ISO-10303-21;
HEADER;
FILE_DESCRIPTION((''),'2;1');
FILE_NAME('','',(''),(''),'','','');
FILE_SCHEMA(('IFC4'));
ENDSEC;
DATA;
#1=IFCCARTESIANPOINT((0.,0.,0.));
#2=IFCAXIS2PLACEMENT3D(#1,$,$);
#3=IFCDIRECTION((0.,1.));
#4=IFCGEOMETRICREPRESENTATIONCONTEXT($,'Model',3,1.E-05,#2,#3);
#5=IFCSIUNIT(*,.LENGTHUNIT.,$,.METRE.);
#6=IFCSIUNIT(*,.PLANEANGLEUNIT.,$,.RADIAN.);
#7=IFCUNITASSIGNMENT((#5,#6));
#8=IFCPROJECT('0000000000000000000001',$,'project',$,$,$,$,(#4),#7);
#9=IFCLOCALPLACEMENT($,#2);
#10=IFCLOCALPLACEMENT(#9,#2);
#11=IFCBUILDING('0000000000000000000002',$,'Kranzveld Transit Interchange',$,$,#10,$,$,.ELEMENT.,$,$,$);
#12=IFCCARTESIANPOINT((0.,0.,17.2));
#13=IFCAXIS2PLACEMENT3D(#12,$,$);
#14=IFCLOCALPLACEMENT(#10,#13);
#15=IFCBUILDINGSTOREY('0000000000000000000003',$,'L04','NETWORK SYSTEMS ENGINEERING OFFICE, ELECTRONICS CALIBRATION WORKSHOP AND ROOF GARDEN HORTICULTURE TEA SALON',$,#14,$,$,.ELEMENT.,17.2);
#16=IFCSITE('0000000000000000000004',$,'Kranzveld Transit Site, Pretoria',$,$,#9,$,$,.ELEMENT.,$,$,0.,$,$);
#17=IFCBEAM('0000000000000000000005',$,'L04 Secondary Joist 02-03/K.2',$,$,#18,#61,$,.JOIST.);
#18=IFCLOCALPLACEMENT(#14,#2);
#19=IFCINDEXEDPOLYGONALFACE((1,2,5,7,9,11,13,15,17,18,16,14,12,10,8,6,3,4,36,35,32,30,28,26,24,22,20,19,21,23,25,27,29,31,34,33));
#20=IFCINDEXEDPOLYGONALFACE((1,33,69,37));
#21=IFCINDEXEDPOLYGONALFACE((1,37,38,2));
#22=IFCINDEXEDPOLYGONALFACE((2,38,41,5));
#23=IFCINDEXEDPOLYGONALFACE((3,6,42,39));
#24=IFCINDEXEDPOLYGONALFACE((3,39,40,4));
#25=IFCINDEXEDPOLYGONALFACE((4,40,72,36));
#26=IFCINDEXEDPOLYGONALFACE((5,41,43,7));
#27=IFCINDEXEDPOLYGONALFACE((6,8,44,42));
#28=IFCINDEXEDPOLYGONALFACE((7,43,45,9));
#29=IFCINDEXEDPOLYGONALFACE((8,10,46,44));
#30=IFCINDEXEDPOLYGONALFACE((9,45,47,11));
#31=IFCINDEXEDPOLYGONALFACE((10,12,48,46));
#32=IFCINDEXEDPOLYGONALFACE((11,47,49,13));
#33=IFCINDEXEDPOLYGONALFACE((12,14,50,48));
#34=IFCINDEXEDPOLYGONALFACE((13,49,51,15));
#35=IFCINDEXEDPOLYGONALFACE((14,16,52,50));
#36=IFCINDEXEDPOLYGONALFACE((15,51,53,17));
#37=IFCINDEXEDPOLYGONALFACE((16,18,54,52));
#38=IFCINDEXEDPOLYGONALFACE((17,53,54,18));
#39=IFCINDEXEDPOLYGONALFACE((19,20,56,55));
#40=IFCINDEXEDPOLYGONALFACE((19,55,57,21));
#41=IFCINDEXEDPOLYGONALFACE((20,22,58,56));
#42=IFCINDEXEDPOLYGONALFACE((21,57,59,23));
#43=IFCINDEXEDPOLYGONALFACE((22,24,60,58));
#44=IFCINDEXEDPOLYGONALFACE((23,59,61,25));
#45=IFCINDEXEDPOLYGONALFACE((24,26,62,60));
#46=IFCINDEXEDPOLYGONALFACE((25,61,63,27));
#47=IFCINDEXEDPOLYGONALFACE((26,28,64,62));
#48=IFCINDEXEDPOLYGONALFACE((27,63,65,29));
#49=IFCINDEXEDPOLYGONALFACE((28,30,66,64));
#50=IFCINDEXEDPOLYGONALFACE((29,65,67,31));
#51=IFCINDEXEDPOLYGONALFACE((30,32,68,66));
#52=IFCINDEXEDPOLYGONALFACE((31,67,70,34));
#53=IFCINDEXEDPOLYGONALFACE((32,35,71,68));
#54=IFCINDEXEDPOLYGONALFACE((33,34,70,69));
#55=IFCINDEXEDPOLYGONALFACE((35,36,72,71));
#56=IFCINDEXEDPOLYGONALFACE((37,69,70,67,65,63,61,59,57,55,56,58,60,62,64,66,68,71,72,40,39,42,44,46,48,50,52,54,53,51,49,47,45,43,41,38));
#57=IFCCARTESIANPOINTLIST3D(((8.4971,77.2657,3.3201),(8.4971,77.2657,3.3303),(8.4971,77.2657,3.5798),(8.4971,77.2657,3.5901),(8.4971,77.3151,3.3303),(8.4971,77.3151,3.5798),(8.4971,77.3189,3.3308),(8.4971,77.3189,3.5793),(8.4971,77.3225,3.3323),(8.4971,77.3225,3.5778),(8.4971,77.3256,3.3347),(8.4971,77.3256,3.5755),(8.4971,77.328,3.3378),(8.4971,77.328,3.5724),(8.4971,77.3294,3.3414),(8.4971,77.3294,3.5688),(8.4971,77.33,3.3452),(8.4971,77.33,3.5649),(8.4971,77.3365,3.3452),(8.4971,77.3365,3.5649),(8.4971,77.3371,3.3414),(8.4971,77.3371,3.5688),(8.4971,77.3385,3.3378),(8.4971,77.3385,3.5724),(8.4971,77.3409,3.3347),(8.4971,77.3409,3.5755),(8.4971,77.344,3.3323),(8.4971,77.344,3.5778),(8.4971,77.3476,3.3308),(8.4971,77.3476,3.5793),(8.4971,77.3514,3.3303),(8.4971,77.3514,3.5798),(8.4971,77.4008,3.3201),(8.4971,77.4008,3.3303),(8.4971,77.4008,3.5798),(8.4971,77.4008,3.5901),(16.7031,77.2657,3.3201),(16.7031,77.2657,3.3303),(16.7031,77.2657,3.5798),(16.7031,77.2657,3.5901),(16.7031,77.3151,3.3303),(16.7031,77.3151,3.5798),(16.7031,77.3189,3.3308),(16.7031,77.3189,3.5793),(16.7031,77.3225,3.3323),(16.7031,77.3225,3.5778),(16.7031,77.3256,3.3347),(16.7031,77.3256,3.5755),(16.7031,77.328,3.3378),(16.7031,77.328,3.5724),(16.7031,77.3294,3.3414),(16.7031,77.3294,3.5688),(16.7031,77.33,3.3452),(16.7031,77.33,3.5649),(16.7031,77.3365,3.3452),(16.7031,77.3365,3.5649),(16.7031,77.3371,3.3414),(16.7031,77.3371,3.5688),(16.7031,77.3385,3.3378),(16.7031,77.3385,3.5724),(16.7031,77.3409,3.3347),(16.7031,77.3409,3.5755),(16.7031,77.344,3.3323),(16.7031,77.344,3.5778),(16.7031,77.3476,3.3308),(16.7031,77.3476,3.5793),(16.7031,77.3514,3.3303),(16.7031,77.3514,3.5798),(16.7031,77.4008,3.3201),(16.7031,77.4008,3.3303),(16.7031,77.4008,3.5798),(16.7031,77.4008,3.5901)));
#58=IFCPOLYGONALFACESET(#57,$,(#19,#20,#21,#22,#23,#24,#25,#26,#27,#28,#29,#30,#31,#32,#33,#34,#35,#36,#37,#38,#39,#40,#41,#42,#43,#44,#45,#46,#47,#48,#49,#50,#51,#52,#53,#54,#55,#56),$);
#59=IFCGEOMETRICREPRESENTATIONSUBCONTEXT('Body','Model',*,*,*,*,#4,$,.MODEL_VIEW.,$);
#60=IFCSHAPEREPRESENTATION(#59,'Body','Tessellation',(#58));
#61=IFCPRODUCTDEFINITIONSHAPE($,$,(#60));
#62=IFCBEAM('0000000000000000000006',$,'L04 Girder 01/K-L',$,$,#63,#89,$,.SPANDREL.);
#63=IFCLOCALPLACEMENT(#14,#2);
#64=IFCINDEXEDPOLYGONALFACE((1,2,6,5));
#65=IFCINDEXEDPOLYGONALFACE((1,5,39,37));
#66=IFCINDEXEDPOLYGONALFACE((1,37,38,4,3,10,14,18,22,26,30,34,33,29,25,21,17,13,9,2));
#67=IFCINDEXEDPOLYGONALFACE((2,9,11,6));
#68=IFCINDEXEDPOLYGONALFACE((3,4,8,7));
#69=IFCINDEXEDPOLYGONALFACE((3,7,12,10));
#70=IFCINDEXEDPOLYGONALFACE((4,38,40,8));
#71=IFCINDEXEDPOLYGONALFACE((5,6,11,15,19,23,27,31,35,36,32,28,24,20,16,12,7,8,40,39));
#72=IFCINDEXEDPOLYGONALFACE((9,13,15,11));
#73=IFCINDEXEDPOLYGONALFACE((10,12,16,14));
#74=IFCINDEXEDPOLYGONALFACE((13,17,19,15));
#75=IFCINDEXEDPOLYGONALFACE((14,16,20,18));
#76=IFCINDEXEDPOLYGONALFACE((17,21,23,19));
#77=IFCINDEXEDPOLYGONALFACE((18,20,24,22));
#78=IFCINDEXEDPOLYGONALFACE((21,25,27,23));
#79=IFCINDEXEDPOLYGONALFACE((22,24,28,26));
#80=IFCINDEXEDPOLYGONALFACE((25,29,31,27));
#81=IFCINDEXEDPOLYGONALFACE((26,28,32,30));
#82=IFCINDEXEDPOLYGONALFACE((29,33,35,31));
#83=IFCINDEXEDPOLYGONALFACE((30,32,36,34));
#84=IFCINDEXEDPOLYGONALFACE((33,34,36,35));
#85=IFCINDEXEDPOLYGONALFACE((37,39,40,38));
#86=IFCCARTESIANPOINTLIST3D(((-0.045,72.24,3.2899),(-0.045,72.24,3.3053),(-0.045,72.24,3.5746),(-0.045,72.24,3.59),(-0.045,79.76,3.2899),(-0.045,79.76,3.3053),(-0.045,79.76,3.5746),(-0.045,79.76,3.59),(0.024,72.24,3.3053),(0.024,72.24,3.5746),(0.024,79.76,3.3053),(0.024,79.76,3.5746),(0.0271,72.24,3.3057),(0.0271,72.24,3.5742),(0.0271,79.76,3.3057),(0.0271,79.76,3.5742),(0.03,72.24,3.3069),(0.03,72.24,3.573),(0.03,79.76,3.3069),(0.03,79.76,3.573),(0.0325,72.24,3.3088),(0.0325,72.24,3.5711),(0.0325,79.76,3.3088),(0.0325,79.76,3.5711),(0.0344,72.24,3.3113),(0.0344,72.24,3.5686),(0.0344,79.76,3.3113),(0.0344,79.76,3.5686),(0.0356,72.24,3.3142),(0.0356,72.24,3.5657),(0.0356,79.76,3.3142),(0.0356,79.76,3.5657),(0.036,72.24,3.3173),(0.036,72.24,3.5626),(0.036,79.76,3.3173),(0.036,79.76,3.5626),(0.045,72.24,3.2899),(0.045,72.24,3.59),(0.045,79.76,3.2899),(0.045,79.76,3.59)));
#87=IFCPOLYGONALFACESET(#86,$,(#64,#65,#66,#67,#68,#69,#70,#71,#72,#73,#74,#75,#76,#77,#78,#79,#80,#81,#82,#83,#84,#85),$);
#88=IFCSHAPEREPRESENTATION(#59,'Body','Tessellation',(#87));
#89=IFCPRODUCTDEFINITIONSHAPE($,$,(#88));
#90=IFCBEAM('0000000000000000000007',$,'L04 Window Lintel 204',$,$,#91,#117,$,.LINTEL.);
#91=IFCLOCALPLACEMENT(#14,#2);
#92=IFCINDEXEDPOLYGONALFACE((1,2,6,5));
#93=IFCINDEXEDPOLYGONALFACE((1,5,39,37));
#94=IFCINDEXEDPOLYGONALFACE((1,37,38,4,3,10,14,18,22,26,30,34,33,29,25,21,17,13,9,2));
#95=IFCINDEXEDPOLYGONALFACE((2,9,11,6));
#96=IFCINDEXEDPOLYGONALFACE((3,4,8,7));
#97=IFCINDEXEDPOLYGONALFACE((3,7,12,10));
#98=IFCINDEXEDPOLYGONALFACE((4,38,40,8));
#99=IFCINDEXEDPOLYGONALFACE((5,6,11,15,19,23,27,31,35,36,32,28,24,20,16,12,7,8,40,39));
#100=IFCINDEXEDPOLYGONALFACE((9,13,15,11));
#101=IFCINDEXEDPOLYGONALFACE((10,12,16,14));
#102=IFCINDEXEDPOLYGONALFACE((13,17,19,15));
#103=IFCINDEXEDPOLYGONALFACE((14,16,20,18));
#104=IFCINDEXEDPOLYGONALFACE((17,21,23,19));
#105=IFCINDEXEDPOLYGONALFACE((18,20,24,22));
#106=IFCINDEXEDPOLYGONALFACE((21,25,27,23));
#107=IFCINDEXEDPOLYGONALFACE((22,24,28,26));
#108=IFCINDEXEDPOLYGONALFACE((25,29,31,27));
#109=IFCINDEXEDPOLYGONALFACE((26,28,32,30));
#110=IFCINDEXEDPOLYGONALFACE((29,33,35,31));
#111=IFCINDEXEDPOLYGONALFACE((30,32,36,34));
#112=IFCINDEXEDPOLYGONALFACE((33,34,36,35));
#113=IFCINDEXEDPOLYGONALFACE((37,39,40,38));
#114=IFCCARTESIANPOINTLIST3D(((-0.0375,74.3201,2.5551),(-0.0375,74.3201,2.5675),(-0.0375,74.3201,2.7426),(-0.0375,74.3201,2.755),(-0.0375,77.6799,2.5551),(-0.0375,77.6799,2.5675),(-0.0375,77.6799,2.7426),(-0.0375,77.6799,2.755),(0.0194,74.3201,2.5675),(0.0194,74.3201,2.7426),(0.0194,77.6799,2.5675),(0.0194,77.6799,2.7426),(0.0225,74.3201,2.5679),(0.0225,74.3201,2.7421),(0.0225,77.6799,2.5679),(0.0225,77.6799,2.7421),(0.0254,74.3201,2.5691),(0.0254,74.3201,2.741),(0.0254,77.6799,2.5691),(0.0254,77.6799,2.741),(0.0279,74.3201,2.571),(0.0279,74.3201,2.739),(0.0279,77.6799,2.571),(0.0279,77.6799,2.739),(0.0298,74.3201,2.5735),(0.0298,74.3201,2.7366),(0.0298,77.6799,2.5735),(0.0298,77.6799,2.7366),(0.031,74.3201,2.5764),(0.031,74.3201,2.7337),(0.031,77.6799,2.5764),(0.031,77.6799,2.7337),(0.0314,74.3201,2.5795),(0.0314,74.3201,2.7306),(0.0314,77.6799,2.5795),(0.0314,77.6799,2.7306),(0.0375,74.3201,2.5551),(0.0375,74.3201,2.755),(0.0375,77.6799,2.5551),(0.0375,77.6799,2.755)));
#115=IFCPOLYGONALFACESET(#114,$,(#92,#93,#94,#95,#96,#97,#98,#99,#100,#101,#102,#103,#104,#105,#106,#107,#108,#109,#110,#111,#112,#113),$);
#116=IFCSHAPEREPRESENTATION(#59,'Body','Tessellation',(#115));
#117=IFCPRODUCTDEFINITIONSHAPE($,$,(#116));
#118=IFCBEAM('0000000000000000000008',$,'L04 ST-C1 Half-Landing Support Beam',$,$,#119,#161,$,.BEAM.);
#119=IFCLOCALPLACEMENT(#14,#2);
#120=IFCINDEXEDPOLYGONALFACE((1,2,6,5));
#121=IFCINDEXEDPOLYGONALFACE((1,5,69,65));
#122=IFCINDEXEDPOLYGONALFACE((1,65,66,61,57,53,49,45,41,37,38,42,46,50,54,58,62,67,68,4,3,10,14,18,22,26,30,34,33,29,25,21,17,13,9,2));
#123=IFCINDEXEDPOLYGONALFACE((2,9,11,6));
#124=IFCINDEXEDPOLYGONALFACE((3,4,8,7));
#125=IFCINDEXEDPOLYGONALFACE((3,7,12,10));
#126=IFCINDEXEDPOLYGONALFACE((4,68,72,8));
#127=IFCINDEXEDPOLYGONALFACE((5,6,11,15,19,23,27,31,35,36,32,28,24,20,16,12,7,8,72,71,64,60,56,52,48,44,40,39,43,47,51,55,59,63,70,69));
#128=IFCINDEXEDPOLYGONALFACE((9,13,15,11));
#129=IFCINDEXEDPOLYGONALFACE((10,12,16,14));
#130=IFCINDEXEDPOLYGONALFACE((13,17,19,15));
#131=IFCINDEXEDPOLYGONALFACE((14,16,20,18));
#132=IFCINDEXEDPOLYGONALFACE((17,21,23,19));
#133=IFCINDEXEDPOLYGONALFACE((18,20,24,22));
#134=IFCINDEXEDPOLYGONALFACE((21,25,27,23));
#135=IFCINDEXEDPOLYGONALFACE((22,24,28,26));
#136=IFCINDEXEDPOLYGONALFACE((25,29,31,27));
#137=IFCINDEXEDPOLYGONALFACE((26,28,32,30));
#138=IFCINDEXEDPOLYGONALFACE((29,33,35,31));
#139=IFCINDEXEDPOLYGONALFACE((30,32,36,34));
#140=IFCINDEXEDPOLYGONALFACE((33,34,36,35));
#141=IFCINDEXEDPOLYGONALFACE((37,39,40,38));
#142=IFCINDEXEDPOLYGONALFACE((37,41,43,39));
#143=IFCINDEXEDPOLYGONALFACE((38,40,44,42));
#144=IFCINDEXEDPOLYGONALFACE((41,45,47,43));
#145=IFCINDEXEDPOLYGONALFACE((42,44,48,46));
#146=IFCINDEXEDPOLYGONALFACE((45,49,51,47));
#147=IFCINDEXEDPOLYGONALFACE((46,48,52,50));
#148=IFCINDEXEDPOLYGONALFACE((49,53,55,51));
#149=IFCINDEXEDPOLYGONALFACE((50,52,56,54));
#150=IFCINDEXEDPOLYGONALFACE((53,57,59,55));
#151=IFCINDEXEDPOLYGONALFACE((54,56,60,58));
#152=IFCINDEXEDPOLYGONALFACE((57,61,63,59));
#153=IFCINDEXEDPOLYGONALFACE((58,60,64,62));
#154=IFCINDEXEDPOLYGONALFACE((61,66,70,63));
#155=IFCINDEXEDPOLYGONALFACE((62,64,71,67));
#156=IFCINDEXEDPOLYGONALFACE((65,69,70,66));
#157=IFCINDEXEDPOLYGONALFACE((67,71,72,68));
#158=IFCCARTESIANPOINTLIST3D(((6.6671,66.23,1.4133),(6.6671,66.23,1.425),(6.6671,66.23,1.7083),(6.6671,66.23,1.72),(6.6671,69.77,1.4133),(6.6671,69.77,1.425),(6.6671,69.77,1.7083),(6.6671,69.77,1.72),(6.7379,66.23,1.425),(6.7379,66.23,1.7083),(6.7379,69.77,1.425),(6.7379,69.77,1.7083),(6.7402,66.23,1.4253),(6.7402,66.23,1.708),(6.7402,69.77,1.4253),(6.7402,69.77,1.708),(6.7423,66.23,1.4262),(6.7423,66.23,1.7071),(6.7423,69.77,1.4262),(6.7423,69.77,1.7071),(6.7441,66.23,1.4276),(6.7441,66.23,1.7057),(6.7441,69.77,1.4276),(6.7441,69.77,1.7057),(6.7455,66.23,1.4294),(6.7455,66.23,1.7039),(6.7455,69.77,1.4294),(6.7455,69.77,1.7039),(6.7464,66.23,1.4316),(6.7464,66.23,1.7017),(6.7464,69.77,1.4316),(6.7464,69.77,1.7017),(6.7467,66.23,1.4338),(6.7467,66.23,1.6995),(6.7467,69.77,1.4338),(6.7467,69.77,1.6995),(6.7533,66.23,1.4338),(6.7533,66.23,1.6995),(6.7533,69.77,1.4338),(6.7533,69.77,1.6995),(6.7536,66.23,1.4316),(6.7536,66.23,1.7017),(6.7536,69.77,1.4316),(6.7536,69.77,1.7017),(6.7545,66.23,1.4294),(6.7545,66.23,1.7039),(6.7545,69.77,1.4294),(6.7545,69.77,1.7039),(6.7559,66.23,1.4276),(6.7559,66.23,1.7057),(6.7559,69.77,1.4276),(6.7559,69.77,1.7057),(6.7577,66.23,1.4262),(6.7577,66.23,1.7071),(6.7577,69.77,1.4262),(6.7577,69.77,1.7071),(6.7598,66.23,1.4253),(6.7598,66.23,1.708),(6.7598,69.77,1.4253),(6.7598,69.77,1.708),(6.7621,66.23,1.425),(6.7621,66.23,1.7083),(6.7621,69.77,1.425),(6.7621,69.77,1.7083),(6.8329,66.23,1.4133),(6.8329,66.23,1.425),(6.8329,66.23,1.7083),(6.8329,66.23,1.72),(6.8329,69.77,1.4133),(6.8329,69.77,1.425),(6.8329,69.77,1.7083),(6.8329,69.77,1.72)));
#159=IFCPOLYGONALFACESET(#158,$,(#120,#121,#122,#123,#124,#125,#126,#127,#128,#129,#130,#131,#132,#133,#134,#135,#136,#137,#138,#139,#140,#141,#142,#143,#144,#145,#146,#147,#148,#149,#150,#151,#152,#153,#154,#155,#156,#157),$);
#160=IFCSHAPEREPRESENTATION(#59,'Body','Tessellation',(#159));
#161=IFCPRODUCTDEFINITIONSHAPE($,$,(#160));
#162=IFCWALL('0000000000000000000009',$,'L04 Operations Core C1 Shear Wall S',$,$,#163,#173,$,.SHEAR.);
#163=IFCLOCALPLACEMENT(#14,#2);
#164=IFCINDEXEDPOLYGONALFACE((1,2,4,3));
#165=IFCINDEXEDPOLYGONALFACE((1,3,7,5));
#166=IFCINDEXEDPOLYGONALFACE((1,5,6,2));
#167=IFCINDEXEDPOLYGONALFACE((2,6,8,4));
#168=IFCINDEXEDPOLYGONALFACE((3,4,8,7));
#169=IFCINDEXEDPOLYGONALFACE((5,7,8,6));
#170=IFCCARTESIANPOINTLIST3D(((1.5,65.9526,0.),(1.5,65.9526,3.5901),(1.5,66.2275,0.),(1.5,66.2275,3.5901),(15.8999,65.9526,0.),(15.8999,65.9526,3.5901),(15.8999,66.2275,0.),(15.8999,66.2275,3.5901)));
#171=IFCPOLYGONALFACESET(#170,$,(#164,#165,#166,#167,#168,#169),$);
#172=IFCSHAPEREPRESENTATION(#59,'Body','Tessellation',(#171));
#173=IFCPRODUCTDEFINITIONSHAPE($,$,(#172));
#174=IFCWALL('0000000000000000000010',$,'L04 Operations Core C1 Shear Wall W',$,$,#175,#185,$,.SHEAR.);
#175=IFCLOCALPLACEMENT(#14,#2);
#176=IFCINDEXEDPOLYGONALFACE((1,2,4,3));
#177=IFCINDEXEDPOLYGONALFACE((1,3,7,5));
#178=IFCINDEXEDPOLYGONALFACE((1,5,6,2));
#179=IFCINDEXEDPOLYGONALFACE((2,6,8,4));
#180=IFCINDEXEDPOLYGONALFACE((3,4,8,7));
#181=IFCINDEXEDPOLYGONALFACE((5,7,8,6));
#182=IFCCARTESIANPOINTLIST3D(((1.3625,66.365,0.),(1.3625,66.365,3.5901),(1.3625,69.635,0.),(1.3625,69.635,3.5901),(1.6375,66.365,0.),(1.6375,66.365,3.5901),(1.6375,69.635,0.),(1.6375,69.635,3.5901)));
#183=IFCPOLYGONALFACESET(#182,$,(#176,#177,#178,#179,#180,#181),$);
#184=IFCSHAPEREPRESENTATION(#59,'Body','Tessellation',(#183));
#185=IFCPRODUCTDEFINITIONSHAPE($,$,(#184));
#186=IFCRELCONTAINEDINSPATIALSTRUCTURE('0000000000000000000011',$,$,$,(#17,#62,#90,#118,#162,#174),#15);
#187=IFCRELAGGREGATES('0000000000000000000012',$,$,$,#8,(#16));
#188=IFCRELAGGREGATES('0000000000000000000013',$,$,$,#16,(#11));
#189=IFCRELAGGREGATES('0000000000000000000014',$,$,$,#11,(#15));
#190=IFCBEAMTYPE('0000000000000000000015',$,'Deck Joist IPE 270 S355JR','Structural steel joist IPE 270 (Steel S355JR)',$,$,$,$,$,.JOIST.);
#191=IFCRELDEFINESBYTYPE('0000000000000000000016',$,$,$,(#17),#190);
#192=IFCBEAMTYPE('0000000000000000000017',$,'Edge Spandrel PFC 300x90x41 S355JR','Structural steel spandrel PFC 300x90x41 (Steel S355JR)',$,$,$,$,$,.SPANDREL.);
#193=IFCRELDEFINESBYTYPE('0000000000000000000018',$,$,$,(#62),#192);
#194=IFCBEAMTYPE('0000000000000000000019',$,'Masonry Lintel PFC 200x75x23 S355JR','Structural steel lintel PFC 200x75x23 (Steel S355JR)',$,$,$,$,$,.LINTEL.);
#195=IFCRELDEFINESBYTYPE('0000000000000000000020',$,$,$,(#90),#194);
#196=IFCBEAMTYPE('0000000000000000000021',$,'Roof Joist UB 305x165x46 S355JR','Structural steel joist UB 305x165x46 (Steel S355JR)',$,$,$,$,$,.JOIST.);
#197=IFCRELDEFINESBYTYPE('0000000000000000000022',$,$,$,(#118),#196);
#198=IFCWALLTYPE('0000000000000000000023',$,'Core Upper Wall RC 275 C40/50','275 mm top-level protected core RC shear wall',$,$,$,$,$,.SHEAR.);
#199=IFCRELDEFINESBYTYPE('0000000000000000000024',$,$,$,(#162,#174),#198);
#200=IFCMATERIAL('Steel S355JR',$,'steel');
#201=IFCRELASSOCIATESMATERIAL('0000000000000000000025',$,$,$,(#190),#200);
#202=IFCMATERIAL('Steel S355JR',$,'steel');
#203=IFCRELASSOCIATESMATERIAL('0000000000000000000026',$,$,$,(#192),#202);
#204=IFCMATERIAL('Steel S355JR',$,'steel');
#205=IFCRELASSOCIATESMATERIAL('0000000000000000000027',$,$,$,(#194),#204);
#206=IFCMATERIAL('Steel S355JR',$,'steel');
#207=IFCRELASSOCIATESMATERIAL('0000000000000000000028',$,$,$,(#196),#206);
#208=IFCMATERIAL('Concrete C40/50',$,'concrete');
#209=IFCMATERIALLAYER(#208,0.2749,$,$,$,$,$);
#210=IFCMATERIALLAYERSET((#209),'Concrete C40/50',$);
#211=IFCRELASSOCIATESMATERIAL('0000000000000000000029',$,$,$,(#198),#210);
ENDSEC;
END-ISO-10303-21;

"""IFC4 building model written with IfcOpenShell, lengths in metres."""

from ifc_helpers import new_model, si_unit, direction, frame, frame_2d, origin, origin_2d, place, context, subcontext, project, spatial, rectangle, i_section, u_section, extrude, material, layer, layer_set, material_profile, profile_set, type_object, element, save


model = new_model("IFC4")

# Units and contexts
model_context = context("Model", 3, precision=1e-05, world=origin(), true_north=direction((0.0, 1.0)))
body_context = subcontext(model_context, "Body", "Model", "MODEL_VIEW")
ifc_project = project(units=[si_unit("LENGTHUNIT", "METRE"), si_unit("PLANEANGLEUNIT", "RADIAN")], contexts=[model_context])

# Site, building, storey
site_placement = place(None, origin())
site = spatial("IfcSite", under=ifc_project, at=site_placement, Name="Kranzveld Transit Site, Pretoria", CompositionType="ELEMENT", RefElevation=0.0)
building_placement = place(site_placement, origin())
building = spatial("IfcBuilding", under=site, at=building_placement, Name="Kranzveld Transit Interchange", CompositionType="ELEMENT")
storey_placement = place(building_placement, frame((0.0, 0.0, 17.2)))
storey = spatial("IfcBuildingStorey", under=building, at=storey_placement, Name="L04", Description="NETWORK SYSTEMS ENGINEERING OFFICE, ELECTRONICS CALIBRATION WORKSHOP AND ROOF GARDEN HORTICULTURE TEA SALON", CompositionType="ELEMENT", Elevation=17.2)

# Beams
ifc_material_1 = material(Name="Steel S355JR", Category="steel")
ifc_material_profile_1 = material_profile(ifc_material_1, i_section(OverallWidth=0.135, OverallDepth=0.27, WebThickness=0.0066, FlangeThickness=0.0103, FilletRadius=0.0149, at=origin_2d()), Name="IPE 270")
ifc_profile_set_1 = profile_set([ifc_material_profile_1], Name="Steel S355JR")
beam_type_1 = type_object("IfcBeamType", Name="Deck Joist IPE 270 S355JR", Description="Structural steel joist IPE 270 (Steel S355JR)", PredefinedType="JOIST", material=ifc_profile_set_1)
for number, where, z_axis, x_axis, name in (
    (1, (8.4971, 77.3333, 3.4551), (1.0, 0.0, 0.0), (0.0, 1.0, 0.0), "L04 Secondary Joist 02-03/K.2"),
):
    element("IfcBeam", number, at=place(storey_placement, frame(where, z_axis=z_axis, x_axis=x_axis)), inside=storey, type_object=beam_type_1, Name=name, PredefinedType="JOIST", context=body_context, shape_type="SweptSolid", body=[
        extrude(i_section(OverallWidth=0.135, OverallDepth=0.27, WebThickness=0.0066, FlangeThickness=0.0103, FilletRadius=0.0149, at=origin_2d()), origin(), (0.0, 0.0, 1.0), 8.2061),
    ])
ifc_material_2 = material(Name="Steel S355JR", Category="steel")
ifc_material_profile_2 = material_profile(ifc_material_2, u_section(Depth=0.3, FlangeWidth=0.0901, WebThickness=0.009, FlangeThickness=0.0154, FilletRadius=0.012, at=origin_2d()), Name="PFC 300x90x41")
ifc_profile_set_2 = profile_set([ifc_material_profile_2], Name="Steel S355JR")
beam_type_2 = type_object("IfcBeamType", Name="Edge Spandrel PFC 300x90x41 S355JR", Description="Structural steel spandrel PFC 300x90x41 (Steel S355JR)", PredefinedType="SPANDREL", material=ifc_profile_set_2)
beam_1_placement = place(storey_placement, frame((0.0, 72.24, 3.4399), z_axis=(0.0, 1.0, 0.0), x_axis=(-1.0, 0.0, 0.0)))
element("IfcBeam", 2, at=beam_1_placement, inside=storey, type_object=beam_type_2, Name="L04 Girder 01/K-L", PredefinedType="SPANDREL", context=body_context, shape_type="SweptSolid", body=[
    extrude(u_section(Depth=0.3, FlangeWidth=0.0901, WebThickness=0.009, FlangeThickness=0.0154, FilletRadius=0.012, at=origin_2d()), origin(), (0.0, 0.0, 1.0), 7.52),
])
ifc_material_3 = material(Name="Steel S355JR", Category="steel")
ifc_material_profile_3 = material_profile(ifc_material_3, u_section(Depth=0.2, FlangeWidth=0.075, WebThickness=0.0061, FlangeThickness=0.0125, FilletRadius=0.012, at=origin_2d()), Name="PFC 200x75x23")
ifc_profile_set_3 = profile_set([ifc_material_profile_3], Name="Steel S355JR")
beam_type_3 = type_object("IfcBeamType", Name="Masonry Lintel PFC 200x75x23 S355JR", Description="Structural steel lintel PFC 200x75x23 (Steel S355JR)", PredefinedType="LINTEL", material=ifc_profile_set_3)
beam_2_placement = place(storey_placement, frame((0.0, 74.3201, 2.655), z_axis=(0.0, 1.0, 0.0), x_axis=(-1.0, 0.0, 0.0)))
element("IfcBeam", 3, at=beam_2_placement, inside=storey, type_object=beam_type_3, Name="L04 Window Lintel 204", PredefinedType="LINTEL", context=body_context, shape_type="SweptSolid", body=[
    extrude(u_section(Depth=0.2, FlangeWidth=0.075, WebThickness=0.0061, FlangeThickness=0.0125, FilletRadius=0.012, at=origin_2d()), origin(), (0.0, 0.0, 1.0), 3.3599),
])
ifc_material_4 = material(Name="Steel S355JR", Category="steel")
ifc_material_profile_4 = material_profile(ifc_material_4, i_section(OverallWidth=0.1658, OverallDepth=0.3066, WebThickness=0.0066, FlangeThickness=0.0117, FilletRadius=0.0088, at=origin_2d()), Name="UB 305x165x46")
ifc_profile_set_4 = profile_set([ifc_material_profile_4], Name="Steel S355JR")
beam_type_4 = type_object("IfcBeamType", Name="Roof Joist UB 305x165x46 S355JR", Description="Structural steel joist UB 305x165x46 (Steel S355JR)", PredefinedType="JOIST", material=ifc_profile_set_4)
beam_3_placement = place(storey_placement, frame((6.75, 66.23, 1.5667), z_axis=(0.0, 1.0, 0.0), x_axis=(-1.0, 0.0, 0.0)))
element("IfcBeam", 4, at=beam_3_placement, inside=storey, type_object=beam_type_4, Name="L04 ST-C1 Half-Landing Support Beam", PredefinedType="BEAM", context=body_context, shape_type="SweptSolid", body=[
    extrude(i_section(OverallWidth=0.1658, OverallDepth=0.3066, WebThickness=0.0066, FlangeThickness=0.0117, FilletRadius=0.0088, at=origin_2d()), origin(), (0.0, 0.0, 1.0), 3.54),
])

# Wall
ifc_material_5 = material(Name="Concrete C40/50", Category="concrete")
ifc_layer_1 = layer(ifc_material_5, 0.2749)
ifc_layer_set_1 = layer_set([ifc_layer_1], Name="Concrete C40/50")
wall_type_1 = type_object("IfcWallType", Name="Core Upper Wall RC 275 C40/50", Description="275 mm top-level protected core RC shear wall", PredefinedType="SHEAR", material=ifc_layer_set_1)
wall_1_placement = place(storey_placement, frame((1.5, 66.0901, 0.0), z_axis=(0.0, 0.0, 1.0), x_axis=(1.0, 0.0, 0.0)))
element("IfcWall", 5, at=wall_1_placement, inside=storey, type_object=wall_type_1, Name="L04 Operations Core C1 Shear Wall S", PredefinedType="SHEAR", context=body_context, shape_type="SweptSolid", body=[
    extrude(rectangle(XDim=14.3999, YDim=0.2749, at=frame_2d((7.2, 0.0))), origin(), (0.0, 0.0, 1.0), 3.5901),
])

# Wall
wall_2_placement = place(storey_placement, frame((1.5, 66.365, 0.0), z_axis=(0.0, 0.0, 1.0), x_axis=(0.0, 1.0, 0.0)))
element("IfcWall", 6, at=wall_2_placement, inside=storey, type_object=wall_type_1, Name="L04 Operations Core C1 Shear Wall W", PredefinedType="SHEAR", context=body_context, shape_type="SweptSolid", body=[
    extrude(rectangle(XDim=3.27, YDim=0.2749, at=frame_2d((1.635, 0.0))), origin(), (0.0, 0.0, 1.0), 3.5901),
])

save(model, "model.ifc")
